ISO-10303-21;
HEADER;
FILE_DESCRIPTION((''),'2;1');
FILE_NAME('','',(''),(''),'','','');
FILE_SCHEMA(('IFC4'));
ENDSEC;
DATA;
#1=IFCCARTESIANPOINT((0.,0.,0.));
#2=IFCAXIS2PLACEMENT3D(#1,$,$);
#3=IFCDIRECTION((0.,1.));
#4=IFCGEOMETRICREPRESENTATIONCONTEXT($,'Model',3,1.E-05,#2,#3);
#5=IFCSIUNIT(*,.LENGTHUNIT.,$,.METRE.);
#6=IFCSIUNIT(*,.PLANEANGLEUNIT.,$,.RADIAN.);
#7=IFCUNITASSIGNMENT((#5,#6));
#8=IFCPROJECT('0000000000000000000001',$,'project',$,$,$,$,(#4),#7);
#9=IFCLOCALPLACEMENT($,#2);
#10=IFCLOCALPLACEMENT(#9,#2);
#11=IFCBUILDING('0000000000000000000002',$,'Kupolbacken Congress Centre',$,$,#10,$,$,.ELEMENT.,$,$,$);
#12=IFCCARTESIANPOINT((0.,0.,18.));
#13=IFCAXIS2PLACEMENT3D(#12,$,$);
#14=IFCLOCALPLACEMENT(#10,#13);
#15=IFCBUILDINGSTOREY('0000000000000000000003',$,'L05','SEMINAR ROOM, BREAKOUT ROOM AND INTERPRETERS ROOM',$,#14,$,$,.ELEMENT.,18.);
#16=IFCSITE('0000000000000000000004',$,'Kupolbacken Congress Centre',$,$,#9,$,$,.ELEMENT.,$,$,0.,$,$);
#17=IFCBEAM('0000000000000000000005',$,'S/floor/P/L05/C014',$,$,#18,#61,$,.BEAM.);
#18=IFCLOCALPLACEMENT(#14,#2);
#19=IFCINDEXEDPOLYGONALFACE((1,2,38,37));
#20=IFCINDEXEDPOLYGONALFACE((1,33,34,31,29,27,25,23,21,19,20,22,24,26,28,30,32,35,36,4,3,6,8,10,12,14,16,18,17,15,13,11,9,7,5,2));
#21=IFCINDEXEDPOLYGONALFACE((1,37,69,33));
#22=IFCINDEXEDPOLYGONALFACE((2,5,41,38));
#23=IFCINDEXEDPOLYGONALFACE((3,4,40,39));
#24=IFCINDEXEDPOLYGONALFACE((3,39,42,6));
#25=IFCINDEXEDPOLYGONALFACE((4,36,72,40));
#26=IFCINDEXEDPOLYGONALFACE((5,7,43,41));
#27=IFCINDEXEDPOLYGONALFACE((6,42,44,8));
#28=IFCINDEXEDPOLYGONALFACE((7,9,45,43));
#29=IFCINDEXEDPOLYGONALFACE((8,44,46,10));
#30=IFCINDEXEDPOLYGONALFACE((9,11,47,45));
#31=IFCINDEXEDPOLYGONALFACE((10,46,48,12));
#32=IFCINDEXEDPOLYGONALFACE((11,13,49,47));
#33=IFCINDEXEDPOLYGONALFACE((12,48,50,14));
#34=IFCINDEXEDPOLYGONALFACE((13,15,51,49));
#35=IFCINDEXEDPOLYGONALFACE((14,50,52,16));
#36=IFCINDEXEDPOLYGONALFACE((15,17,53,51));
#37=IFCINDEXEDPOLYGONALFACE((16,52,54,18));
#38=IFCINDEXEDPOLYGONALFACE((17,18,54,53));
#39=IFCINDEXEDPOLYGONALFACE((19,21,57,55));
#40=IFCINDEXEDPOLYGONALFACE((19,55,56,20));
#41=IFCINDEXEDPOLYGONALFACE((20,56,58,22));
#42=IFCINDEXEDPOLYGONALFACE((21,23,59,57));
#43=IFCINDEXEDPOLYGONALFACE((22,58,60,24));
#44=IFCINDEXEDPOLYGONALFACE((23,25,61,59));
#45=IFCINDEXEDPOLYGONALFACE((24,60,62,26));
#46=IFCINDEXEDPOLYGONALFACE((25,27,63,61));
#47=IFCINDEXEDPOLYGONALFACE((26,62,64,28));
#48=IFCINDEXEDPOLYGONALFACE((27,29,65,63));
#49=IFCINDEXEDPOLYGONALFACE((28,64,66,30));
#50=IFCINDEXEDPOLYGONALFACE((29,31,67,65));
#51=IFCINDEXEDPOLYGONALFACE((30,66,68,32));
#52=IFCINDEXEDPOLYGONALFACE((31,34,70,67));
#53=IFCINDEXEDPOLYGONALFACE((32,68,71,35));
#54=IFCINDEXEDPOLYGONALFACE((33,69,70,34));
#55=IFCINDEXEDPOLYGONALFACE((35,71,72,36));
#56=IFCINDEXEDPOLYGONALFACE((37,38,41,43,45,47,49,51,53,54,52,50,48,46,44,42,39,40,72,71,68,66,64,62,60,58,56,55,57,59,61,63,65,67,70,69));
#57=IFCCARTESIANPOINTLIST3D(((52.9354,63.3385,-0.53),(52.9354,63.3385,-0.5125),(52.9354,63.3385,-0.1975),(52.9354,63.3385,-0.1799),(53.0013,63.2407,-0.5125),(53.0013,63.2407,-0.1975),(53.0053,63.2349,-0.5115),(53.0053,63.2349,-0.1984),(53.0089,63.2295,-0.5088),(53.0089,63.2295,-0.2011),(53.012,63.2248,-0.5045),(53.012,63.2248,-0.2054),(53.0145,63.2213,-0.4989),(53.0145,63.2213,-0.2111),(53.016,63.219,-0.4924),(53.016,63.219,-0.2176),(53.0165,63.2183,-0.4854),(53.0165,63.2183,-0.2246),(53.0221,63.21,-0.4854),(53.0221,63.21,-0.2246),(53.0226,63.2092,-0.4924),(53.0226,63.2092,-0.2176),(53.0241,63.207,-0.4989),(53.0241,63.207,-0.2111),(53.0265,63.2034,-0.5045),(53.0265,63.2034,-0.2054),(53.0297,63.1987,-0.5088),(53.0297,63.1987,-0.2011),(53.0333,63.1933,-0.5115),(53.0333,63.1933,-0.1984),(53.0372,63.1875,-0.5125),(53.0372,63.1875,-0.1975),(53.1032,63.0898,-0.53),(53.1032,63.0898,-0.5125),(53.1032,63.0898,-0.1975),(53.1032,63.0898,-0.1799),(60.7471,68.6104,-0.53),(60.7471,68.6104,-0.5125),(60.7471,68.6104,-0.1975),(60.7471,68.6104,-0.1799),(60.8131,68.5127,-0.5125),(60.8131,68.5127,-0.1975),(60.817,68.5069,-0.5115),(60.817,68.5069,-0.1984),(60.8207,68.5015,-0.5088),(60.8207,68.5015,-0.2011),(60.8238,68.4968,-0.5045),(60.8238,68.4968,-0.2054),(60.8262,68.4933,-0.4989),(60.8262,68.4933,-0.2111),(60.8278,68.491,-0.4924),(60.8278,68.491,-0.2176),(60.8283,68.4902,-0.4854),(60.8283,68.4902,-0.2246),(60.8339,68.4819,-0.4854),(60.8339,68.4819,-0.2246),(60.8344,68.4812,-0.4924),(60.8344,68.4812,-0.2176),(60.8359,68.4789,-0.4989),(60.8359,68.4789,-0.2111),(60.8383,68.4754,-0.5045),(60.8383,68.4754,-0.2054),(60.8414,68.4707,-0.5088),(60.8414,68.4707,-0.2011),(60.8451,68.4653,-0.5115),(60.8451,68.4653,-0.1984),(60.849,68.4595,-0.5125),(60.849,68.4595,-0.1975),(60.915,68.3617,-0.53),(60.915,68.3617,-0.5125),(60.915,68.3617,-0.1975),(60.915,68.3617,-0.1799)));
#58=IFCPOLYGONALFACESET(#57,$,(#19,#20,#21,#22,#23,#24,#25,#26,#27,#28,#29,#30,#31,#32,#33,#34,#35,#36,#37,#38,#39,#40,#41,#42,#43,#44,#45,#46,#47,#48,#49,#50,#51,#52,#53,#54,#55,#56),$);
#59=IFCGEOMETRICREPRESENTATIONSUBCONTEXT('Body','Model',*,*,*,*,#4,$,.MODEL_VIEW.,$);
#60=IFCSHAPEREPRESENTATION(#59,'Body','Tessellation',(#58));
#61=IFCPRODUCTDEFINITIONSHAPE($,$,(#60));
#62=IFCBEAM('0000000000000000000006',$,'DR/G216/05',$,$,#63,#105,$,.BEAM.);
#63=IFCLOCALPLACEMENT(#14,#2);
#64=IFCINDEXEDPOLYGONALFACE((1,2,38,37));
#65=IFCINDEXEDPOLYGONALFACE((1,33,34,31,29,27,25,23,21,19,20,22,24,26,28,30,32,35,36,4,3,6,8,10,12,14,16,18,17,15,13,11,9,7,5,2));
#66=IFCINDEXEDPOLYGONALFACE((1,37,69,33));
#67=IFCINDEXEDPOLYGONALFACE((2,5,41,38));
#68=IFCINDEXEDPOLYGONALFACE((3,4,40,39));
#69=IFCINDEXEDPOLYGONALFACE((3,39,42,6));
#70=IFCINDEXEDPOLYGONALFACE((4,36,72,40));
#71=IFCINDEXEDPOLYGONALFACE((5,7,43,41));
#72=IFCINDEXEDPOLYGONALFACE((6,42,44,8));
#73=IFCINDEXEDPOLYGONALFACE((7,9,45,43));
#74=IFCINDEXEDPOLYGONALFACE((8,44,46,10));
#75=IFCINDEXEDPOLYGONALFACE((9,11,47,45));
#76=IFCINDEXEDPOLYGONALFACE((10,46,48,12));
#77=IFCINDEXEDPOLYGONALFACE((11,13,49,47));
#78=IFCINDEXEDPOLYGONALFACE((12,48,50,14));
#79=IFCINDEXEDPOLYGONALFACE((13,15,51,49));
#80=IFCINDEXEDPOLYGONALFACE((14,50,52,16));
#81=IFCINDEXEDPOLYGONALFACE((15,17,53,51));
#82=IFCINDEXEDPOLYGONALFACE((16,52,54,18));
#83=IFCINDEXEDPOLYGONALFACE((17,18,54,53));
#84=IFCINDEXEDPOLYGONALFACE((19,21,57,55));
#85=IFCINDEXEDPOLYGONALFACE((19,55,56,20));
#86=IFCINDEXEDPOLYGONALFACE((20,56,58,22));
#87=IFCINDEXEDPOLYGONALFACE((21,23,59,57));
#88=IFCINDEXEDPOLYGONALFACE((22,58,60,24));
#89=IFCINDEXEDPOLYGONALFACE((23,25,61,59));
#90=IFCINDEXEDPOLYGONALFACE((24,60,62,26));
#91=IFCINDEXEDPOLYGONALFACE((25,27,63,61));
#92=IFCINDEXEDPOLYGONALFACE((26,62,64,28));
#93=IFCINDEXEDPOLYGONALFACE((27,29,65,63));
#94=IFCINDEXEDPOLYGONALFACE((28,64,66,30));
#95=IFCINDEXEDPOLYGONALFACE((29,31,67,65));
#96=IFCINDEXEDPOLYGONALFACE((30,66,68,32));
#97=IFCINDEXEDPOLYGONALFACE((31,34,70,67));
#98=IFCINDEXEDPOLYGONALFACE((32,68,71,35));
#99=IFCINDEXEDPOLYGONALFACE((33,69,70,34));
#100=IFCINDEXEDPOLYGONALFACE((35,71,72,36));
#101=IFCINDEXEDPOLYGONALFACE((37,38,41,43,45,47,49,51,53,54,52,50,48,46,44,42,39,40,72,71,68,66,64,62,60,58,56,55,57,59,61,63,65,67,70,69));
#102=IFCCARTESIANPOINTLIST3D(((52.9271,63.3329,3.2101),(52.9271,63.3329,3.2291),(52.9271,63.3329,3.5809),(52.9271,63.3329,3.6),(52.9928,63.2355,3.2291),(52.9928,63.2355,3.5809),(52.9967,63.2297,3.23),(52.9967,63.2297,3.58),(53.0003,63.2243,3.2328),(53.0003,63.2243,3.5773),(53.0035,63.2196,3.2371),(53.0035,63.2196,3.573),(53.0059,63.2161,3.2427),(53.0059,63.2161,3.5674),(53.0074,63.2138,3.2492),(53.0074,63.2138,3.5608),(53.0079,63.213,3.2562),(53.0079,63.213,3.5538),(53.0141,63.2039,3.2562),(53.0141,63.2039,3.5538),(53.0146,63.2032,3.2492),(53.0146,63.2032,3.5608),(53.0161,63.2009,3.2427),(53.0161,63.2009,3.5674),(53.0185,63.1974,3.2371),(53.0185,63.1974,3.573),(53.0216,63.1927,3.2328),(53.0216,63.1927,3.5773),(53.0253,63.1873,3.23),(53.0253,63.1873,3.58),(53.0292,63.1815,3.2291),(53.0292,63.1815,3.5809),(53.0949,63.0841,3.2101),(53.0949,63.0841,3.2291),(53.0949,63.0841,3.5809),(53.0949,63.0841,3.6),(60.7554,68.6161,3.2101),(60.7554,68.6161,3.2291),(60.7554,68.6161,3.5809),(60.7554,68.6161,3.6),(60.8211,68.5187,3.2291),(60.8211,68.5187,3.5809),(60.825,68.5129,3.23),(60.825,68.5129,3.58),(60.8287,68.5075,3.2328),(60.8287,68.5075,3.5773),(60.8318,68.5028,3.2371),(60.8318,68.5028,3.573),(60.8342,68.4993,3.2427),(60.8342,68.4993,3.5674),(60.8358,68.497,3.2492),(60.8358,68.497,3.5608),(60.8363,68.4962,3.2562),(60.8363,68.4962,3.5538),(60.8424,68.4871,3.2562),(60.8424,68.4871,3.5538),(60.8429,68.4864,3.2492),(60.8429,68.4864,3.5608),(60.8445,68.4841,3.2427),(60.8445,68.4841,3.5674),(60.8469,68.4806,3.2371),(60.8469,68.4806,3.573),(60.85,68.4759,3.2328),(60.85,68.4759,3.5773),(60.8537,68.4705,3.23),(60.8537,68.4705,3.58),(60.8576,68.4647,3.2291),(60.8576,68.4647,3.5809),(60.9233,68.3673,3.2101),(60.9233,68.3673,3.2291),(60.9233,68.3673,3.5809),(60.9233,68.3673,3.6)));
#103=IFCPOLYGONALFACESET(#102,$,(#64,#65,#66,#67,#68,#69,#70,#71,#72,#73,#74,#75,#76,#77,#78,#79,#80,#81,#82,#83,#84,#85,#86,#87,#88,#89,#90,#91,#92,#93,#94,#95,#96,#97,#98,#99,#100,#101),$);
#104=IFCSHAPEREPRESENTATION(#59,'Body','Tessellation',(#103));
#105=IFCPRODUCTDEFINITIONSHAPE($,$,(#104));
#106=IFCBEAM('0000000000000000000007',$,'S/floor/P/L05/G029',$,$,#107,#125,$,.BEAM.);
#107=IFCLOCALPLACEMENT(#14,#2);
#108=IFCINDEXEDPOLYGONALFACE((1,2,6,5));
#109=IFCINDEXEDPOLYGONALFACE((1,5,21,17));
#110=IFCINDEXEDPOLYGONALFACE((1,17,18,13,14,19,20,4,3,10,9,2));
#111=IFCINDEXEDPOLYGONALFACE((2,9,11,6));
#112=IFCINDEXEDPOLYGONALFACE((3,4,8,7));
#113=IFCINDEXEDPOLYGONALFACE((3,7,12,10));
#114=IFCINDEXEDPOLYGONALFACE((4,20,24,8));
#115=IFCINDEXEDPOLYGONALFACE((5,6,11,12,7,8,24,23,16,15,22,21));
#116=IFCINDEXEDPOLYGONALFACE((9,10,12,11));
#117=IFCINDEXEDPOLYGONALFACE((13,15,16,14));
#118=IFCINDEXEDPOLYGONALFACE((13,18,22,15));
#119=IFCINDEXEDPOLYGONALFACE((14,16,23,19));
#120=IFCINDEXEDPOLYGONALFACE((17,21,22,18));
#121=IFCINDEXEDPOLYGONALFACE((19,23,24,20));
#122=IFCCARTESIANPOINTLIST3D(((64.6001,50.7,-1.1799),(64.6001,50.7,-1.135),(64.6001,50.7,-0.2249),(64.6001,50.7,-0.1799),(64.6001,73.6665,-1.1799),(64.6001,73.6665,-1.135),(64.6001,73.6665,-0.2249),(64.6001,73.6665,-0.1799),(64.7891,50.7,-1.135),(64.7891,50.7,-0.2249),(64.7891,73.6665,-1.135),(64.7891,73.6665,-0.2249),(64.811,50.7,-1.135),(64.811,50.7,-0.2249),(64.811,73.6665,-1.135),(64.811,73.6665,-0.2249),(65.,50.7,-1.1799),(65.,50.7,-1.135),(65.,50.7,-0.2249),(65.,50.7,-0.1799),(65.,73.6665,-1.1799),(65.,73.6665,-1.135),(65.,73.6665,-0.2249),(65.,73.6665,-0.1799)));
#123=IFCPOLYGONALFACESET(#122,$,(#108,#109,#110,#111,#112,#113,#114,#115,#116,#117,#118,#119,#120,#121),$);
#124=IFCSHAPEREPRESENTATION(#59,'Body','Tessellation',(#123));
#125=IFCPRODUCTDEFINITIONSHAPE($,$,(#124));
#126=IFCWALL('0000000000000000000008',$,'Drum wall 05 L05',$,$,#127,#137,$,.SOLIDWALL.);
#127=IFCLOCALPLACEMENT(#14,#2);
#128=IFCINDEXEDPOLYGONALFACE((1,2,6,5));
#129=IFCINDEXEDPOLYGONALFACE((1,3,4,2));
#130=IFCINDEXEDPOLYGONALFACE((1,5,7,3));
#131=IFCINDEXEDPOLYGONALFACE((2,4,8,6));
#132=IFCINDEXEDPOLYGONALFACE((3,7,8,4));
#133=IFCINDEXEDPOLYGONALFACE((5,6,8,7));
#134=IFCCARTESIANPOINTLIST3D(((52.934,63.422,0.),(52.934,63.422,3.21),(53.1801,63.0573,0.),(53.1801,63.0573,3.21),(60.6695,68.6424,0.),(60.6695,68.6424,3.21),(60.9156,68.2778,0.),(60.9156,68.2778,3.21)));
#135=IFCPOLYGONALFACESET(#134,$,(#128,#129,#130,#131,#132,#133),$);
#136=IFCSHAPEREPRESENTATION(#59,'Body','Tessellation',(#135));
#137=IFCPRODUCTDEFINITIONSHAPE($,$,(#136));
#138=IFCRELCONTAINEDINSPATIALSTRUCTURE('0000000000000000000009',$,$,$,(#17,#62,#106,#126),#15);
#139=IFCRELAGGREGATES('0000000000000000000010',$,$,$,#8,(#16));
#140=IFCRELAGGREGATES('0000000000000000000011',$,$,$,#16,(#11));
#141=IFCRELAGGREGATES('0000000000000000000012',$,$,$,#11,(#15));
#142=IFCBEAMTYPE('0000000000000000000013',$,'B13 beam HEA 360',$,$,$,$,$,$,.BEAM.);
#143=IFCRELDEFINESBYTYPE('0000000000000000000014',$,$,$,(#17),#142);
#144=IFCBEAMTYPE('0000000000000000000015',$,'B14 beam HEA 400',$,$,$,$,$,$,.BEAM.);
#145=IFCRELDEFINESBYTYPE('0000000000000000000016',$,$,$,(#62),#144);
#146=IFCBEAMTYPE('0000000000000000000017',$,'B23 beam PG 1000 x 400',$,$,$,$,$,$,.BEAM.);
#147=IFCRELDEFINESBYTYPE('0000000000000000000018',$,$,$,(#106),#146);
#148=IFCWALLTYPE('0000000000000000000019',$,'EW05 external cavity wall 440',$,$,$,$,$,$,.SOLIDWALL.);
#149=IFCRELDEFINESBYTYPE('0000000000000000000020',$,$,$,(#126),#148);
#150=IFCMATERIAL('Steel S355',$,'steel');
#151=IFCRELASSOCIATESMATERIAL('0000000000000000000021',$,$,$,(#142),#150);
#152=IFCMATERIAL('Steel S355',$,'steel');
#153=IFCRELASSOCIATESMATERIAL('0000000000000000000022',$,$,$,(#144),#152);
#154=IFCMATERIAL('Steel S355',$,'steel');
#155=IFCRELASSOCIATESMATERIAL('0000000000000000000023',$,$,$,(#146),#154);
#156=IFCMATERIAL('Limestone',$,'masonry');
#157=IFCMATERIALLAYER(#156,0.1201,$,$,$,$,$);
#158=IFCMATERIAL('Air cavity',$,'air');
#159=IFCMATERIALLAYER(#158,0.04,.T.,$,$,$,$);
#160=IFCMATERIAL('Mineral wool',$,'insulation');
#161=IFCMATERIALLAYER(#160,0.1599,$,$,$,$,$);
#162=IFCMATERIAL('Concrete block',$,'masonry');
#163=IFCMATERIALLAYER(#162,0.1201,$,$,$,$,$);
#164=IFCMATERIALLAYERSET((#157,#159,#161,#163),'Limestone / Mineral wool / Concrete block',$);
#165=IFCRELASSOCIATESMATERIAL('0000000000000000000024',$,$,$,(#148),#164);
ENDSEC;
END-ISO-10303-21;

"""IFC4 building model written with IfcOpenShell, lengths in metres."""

from ifc_helpers import new_model, si_unit, direction, frame, frame_2d, origin, origin_2d, place, context, subcontext, project, spatial, rectangle, i_section, extrude, material, layer, layer_set, material_profile, profile_set, type_object, element, save


model = new_model("IFC4")

# Units and contexts
model_context = context("Model", 3, precision=1e-05, world=origin(), true_north=direction((0.0, 1.0)))
body_context = subcontext(model_context, "Body", "Model", "MODEL_VIEW")
ifc_project = project(units=[si_unit("LENGTHUNIT", "METRE"), si_unit("PLANEANGLEUNIT", "RADIAN")], contexts=[model_context])

# Site, building, storey
site_placement = place(None, origin())
site = spatial("IfcSite", under=ifc_project, at=site_placement, Name="Kupolbacken Congress Centre", CompositionType="ELEMENT", RefElevation=0.0)
building_placement = place(site_placement, origin())
building = spatial("IfcBuilding", under=site, at=building_placement, Name="Kupolbacken Congress Centre", CompositionType="ELEMENT")
storey_placement = place(building_placement, frame((0.0, 0.0, 18.0)))
storey = spatial("IfcBuildingStorey", under=building, at=storey_placement, Name="L05", Description="SEMINAR ROOM, BREAKOUT ROOM AND INTERPRETERS ROOM", CompositionType="ELEMENT", Elevation=18.0)

# Beams
ifc_material_1 = material(Name="Steel S355", Category="steel")
ifc_material_profile_1 = material_profile(ifc_material_1, i_section(OverallWidth=0.3, OverallDepth=0.3501, WebThickness=0.01, FlangeThickness=0.0176, FilletRadius=0.0271, at=origin_2d()), Name="HEA 360")
ifc_profile_set_1 = profile_set([ifc_material_profile_1], Name="Steel S355")
beam_type_1 = type_object("IfcBeamType", Name="B13 beam HEA 360", PredefinedType="BEAM", material=ifc_profile_set_1)
beam_1_placement = place(storey_placement, frame((53.0193, 63.2141, -0.355), z_axis=(0.828896, 0.559402, 0.0), x_axis=(-0.559402, 0.828896, 0.0)))
element("IfcBeam", 1, at=beam_1_placement, inside=storey, type_object=beam_type_1, Name="S/floor/P/L05/C014", PredefinedType="BEAM", context=body_context, shape_type="SweptSolid", body=[
    extrude(i_section(OverallWidth=0.3, OverallDepth=0.3501, WebThickness=0.01, FlangeThickness=0.0176, FilletRadius=0.0271, at=origin_2d()), origin(), (0.0, 0.0, 1.0), 9.4243),
])
ifc_material_2 = material(Name="Steel S355", Category="steel")
ifc_material_profile_2 = material_profile(ifc_material_2, i_section(OverallWidth=0.3, OverallDepth=0.3899, WebThickness=0.011, FlangeThickness=0.019, FilletRadius=0.0271, at=origin_2d()), Name="HEA 400")
ifc_profile_set_2 = profile_set([ifc_material_profile_2], Name="Steel S355")
beam_type_2 = type_object("IfcBeamType", Name="B14 beam HEA 400", PredefinedType="BEAM", material=ifc_profile_set_2)
beam_2_placement = place(storey_placement, frame((53.011, 63.2085, 3.405), z_axis=(0.828895, 0.559404, 0.0), x_axis=(-0.559404, 0.828895, 0.0)))
element("IfcBeam", 2, at=beam_2_placement, inside=storey, type_object=beam_type_2, Name="DR/G216/05", PredefinedType="BEAM", context=body_context, shape_type="SweptSolid", body=[
    extrude(i_section(OverallWidth=0.3, OverallDepth=0.3899, WebThickness=0.011, FlangeThickness=0.019, FilletRadius=0.0271, at=origin_2d()), origin(), (0.0, 0.0, 1.0), 9.4443),
])
ifc_material_3 = material(Name="Steel S355", Category="steel")
ifc_material_profile_3 = material_profile(ifc_material_3, i_section(OverallWidth=0.3999, OverallDepth=1.0, WebThickness=0.022, FlangeThickness=0.0449, at=origin_2d()), Name="PG 1000 x 400")
ifc_profile_set_3 = profile_set([ifc_material_profile_3], Name="Steel S355")
beam_type_3 = type_object("IfcBeamType", Name="B23 beam PG 1000 x 400", PredefinedType="BEAM", material=ifc_profile_set_3)
beam_3_placement = place(storey_placement, frame((64.8, 50.7, -0.6799), z_axis=(0.0, 1.0, 0.0), x_axis=(-1.0, 0.0, 0.0)))
element("IfcBeam", 3, at=beam_3_placement, inside=storey, type_object=beam_type_3, Name="S/floor/P/L05/G029", PredefinedType="BEAM", context=body_context, shape_type="SweptSolid", body=[
    extrude(i_section(OverallWidth=0.3999, OverallDepth=1.0, WebThickness=0.022, FlangeThickness=0.0449, at=origin_2d()), origin(), (0.0, 0.0, 1.0), 22.9666),
])

# Wall
ifc_material_4 = material(Name="Limestone", Category="masonry")
ifc_layer_1 = layer(ifc_material_4, 0.1201)
ifc_material_5 = material(Name="Air cavity", Category="air")
ifc_layer_2 = layer(ifc_material_5, 0.04, ventilated=True)
ifc_material_6 = material(Name="Mineral wool", Category="insulation")
ifc_layer_3 = layer(ifc_material_6, 0.1599)
ifc_material_7 = material(Name="Concrete block", Category="masonry")
ifc_layer_4 = layer(ifc_material_7, 0.1201)
ifc_layer_set_1 = layer_set([ifc_layer_1, ifc_layer_2, ifc_layer_3, ifc_layer_4], Name="Limestone / Mineral wool / Concrete block")
wall_type = type_object("IfcWallType", Name="EW05 external cavity wall 440", PredefinedType="SOLIDWALL", material=ifc_layer_set_1)
wall_placement = place(storey_placement, frame((53.0571, 63.2397, 0.0), z_axis=(0.0, 0.0, 1.0), x_axis=(0.828902, 0.559394, 0.0)))
element("IfcWall", 4, at=wall_placement, inside=storey, type_object=wall_type, Name="Drum wall 05 L05", PredefinedType="SOLIDWALL", context=body_context, shape_type="SweptSolid", body=[
    extrude(rectangle(XDim=9.3323, YDim=0.4399, at=frame_2d((4.666, 0.0))), origin(), (0.0, 0.0, 1.0), 3.21),
])

save(model, "model.ifc")
